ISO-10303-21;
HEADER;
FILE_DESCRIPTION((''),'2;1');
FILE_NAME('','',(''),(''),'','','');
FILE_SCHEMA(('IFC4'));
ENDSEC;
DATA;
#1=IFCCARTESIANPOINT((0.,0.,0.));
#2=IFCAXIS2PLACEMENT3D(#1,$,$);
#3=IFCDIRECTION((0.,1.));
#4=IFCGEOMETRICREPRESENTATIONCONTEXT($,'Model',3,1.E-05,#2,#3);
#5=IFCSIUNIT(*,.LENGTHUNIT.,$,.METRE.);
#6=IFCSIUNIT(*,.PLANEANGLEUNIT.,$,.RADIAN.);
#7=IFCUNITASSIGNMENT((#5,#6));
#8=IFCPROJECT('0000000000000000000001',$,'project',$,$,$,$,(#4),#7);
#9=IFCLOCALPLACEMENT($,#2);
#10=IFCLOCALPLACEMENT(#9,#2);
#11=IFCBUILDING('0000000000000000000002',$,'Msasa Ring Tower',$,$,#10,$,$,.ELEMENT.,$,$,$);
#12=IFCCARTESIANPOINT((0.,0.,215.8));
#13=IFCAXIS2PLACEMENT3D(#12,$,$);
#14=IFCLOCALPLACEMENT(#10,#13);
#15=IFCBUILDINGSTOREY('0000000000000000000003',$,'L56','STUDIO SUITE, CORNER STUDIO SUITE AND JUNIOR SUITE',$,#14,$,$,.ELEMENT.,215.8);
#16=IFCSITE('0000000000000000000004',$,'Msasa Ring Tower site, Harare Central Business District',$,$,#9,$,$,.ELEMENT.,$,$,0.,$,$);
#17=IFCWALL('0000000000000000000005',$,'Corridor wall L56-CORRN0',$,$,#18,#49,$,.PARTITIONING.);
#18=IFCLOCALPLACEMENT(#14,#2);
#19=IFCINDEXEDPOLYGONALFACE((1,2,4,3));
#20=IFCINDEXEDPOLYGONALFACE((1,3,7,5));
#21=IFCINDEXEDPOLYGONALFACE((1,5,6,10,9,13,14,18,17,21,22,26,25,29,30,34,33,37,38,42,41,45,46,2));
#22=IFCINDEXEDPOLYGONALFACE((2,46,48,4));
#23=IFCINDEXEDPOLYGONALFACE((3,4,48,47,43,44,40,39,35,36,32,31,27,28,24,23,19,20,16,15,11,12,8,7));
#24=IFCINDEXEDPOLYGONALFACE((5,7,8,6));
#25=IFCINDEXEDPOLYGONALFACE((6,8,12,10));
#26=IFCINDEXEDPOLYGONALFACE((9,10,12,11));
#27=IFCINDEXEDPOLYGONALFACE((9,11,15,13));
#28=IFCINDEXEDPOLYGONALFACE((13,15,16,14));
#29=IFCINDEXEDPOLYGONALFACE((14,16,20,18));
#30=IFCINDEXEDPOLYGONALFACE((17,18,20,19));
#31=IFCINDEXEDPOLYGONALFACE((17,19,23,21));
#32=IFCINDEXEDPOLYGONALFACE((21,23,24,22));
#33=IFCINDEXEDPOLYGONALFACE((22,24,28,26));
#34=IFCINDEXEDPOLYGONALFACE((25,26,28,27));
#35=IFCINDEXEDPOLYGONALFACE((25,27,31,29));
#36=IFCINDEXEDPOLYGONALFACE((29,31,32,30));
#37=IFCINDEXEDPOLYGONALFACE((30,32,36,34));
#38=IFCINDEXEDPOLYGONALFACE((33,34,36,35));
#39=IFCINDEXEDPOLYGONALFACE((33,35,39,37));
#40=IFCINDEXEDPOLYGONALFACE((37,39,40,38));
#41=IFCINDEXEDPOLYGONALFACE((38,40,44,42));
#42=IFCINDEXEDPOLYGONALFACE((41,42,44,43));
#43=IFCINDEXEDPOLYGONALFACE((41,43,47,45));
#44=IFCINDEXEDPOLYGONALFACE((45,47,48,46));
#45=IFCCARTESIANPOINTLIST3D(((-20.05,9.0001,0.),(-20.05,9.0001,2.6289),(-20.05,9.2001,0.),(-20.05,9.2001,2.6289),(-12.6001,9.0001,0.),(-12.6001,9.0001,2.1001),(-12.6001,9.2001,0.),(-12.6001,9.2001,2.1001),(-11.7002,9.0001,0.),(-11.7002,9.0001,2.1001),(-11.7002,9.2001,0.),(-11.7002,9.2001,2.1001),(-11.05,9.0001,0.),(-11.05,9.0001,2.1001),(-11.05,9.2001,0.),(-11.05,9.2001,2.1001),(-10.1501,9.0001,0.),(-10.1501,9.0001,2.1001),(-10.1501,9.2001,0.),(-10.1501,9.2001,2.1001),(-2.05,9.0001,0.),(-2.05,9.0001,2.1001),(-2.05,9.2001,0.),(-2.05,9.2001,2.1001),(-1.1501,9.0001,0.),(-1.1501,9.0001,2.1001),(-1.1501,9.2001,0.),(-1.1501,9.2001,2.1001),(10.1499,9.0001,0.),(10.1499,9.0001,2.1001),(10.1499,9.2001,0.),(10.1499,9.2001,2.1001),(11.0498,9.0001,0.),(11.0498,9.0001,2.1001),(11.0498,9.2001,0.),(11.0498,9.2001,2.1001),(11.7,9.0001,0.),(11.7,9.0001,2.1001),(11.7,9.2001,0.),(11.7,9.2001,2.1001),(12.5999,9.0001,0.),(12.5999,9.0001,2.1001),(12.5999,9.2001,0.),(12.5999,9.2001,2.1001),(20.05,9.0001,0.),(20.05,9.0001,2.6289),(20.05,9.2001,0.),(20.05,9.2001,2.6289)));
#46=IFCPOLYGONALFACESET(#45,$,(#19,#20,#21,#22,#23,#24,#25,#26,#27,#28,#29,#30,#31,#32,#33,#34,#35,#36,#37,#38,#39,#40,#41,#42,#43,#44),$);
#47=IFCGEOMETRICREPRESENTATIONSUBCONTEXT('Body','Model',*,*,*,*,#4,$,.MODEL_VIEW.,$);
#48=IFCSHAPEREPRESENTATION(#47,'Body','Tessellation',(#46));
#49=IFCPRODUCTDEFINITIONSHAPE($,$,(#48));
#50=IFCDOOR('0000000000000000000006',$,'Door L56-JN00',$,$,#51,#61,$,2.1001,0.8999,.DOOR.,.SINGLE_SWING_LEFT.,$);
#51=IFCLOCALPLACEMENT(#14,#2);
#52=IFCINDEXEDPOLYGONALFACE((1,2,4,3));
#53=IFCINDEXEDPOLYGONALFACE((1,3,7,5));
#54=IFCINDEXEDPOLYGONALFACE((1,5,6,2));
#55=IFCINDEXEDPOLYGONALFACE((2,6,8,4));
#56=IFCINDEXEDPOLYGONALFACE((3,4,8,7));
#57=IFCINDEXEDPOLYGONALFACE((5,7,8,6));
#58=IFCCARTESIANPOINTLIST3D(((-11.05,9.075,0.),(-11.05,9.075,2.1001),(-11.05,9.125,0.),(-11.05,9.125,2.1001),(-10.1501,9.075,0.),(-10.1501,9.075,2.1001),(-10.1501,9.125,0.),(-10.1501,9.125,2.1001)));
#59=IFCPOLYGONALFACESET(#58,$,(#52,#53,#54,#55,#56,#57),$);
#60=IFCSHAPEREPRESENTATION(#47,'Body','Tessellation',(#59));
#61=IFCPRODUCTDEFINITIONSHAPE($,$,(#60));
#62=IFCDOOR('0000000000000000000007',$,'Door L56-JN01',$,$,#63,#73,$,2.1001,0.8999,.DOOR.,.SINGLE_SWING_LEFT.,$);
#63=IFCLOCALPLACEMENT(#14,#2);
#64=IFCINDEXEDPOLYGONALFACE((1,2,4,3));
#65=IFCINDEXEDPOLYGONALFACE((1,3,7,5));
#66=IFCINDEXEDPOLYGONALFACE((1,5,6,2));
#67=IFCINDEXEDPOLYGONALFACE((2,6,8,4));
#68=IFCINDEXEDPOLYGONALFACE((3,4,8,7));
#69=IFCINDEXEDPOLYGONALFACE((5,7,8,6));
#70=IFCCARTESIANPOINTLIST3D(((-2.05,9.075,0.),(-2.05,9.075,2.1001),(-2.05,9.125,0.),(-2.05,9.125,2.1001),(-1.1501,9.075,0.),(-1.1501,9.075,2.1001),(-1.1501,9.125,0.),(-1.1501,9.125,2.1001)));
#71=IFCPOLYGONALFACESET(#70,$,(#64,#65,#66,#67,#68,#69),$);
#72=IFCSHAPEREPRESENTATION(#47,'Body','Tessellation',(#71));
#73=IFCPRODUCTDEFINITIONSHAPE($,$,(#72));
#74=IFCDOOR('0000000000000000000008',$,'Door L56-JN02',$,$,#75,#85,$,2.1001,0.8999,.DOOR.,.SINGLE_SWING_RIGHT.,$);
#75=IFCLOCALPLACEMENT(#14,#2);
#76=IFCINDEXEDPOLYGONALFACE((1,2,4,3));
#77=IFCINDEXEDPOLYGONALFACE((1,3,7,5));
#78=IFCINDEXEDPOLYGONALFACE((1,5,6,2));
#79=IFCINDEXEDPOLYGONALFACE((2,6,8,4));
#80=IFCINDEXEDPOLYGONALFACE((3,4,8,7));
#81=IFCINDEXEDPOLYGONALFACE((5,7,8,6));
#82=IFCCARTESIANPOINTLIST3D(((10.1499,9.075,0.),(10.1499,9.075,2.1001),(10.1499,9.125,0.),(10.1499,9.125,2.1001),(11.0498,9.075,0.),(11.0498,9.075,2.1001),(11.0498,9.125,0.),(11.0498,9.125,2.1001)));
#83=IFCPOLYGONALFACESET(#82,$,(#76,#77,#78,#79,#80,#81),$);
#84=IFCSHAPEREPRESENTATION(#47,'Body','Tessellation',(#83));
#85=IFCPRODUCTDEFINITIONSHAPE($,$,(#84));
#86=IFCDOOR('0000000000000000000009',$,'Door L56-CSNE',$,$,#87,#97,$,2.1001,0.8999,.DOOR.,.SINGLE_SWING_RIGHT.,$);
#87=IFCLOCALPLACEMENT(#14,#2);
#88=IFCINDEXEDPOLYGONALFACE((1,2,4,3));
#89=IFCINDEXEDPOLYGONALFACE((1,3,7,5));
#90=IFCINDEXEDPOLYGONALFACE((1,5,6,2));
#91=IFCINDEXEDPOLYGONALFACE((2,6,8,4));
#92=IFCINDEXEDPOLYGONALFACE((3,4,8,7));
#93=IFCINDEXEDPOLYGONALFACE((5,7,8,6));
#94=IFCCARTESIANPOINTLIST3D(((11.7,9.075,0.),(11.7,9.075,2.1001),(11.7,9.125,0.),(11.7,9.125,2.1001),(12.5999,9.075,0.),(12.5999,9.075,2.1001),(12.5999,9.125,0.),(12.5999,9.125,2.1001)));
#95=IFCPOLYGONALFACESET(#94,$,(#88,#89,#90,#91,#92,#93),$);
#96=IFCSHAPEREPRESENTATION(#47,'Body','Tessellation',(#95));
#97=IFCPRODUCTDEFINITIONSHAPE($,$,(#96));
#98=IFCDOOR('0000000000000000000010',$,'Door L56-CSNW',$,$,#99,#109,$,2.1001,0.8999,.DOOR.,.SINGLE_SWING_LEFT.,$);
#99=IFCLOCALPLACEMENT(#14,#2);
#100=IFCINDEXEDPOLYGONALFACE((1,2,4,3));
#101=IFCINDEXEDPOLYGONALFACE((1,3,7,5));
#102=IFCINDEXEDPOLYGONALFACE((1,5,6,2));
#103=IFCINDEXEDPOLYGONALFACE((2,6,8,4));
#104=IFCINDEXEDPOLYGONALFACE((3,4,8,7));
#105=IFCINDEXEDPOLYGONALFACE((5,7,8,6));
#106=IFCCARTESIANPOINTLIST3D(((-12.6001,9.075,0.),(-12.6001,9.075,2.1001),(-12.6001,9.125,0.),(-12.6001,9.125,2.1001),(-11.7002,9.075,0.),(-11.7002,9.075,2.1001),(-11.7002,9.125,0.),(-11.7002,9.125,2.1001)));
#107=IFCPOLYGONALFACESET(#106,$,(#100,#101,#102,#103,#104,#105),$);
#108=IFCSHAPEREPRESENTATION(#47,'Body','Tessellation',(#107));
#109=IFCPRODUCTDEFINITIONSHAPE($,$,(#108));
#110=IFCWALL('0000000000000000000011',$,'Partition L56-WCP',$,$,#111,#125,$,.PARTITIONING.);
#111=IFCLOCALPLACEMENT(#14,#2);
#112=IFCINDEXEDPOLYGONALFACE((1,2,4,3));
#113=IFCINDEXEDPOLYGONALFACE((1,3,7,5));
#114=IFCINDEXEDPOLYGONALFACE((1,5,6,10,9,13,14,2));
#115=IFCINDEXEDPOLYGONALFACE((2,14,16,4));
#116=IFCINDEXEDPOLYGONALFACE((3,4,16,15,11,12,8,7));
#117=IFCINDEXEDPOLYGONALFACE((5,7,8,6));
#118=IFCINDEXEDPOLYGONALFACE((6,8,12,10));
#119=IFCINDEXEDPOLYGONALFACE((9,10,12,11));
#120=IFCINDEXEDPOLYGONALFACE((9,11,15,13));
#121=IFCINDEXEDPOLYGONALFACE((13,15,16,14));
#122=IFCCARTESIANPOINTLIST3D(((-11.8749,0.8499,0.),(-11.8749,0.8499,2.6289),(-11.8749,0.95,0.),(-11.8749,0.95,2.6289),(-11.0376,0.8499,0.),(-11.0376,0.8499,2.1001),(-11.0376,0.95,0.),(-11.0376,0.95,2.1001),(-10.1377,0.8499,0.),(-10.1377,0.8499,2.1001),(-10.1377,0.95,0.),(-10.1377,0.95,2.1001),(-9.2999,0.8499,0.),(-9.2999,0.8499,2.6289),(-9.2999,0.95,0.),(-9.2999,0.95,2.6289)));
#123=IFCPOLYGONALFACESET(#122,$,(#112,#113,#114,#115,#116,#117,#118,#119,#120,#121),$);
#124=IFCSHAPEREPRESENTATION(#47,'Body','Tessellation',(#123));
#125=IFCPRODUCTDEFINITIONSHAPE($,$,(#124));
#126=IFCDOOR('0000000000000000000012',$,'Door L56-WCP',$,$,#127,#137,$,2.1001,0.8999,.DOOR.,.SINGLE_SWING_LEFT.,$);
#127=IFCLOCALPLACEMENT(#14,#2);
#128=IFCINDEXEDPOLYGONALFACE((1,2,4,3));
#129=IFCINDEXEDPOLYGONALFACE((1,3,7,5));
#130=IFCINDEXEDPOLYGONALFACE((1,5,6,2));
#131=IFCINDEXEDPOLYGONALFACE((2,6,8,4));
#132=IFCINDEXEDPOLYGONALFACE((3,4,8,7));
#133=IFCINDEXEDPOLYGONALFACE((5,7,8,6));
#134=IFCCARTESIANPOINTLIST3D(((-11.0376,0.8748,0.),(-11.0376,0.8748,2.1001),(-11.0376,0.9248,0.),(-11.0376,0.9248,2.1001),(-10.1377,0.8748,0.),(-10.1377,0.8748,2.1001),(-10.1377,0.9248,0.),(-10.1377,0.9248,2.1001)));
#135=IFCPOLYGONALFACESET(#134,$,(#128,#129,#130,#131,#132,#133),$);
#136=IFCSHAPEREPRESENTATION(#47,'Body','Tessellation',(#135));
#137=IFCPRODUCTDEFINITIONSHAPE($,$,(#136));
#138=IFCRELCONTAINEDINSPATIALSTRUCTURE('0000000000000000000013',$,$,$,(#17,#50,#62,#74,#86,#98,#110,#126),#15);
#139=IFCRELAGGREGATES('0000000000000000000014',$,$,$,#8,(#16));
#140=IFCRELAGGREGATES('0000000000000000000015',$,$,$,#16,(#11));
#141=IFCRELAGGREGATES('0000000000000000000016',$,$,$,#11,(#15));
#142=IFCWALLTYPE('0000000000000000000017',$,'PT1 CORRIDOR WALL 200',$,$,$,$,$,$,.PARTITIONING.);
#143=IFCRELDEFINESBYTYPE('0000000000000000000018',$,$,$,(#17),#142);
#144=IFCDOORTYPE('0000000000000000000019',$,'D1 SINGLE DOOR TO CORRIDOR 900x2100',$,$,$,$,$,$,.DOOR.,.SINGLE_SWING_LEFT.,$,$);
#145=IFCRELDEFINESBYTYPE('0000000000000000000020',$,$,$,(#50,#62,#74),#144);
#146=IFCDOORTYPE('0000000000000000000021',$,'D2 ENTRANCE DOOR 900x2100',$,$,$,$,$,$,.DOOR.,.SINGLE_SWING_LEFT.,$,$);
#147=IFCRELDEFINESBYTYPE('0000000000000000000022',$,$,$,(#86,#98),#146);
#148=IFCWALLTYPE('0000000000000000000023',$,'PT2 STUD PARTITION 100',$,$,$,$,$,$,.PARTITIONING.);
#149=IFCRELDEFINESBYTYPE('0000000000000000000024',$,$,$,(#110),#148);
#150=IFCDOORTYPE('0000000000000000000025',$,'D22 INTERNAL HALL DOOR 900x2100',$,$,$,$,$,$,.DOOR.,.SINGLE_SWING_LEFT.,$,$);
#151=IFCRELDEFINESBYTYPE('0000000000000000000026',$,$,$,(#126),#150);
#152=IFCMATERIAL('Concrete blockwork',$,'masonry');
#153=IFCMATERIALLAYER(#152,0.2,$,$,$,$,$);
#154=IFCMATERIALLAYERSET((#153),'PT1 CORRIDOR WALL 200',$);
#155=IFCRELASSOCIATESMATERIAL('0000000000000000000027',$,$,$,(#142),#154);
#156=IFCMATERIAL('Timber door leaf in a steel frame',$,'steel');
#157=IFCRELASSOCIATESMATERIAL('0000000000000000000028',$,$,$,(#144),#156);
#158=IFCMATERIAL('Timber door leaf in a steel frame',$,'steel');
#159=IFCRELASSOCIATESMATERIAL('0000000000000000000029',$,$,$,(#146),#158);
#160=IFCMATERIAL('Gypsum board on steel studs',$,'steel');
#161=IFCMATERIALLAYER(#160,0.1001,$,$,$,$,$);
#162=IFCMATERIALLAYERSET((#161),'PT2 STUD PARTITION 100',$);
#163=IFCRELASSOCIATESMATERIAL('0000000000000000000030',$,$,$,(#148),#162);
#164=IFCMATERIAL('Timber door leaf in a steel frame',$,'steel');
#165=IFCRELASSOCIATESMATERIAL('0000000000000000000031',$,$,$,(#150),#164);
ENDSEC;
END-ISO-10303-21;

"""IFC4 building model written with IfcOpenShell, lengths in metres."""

from ifc_helpers import new_model, si_unit, direction, frame, frame_2d, origin, place, context, subcontext, project, spatial, rectangle, extrude, material, layer, layer_set, type_object, element, fill, save


model = new_model("IFC4")

# Units and contexts
model_context = context("Model", 3, precision=1e-05, world=origin(), true_north=direction((0.0, 1.0)))
body_context = subcontext(model_context, "Body", "Model", "MODEL_VIEW")
ifc_project = project(units=[si_unit("LENGTHUNIT", "METRE"), si_unit("PLANEANGLEUNIT", "RADIAN")], contexts=[model_context])

# Site, building, storey
site_placement = place(None, origin())
site = spatial("IfcSite", under=ifc_project, at=site_placement, Name="Msasa Ring Tower site, Harare Central Business District", CompositionType="ELEMENT", RefElevation=0.0)
building_placement = place(site_placement, origin())
building = spatial("IfcBuilding", under=site, at=building_placement, Name="Msasa Ring Tower", CompositionType="ELEMENT")
storey_placement = place(building_placement, frame((0.0, 0.0, 215.8)))
storey = spatial("IfcBuildingStorey", under=building, at=storey_placement, Name="L56", Description="STUDIO SUITE, CORNER STUDIO SUITE AND JUNIOR SUITE", CompositionType="ELEMENT", Elevation=215.8)

# Wall, openings, doors
ifc_material_1 = material(Name="Concrete blockwork", Category="masonry")
ifc_layer_1 = layer(ifc_material_1, 0.2)
ifc_layer_set_1 = layer_set([ifc_layer_1], Name="PT1 CORRIDOR WALL 200")
wall_type_1 = type_object("IfcWallType", Name="PT1 CORRIDOR WALL 200", PredefinedType="PARTITIONING", material=ifc_layer_set_1)
wall_1_placement = place(storey_placement, frame((-20.05, 9.1001, 0.0), z_axis=(0.0, 0.0, 1.0), x_axis=(1.0, 0.0, 0.0)))
wall_1 = element("IfcWall", 1, at=wall_1_placement, inside=storey, type_object=wall_type_1, Name="Corridor wall L56-CORRN0", PredefinedType="PARTITIONING", context=body_context, shape_type="SweptSolid", body=[
    extrude(rectangle(XDim=40.1001, YDim=0.2, at=frame_2d((20.05, 0.0))), origin(), (0.0, 0.0, 1.0), 2.6289),
])
opening_1_placement = place(wall_1_placement, frame((9.0, 0.0, 0.0)))
opening_1 = element("IfcOpeningElement", 2, at=opening_1_placement, cuts=wall_1, PredefinedType="OPENING", context=body_context, shape_type="SweptSolid", body=[
    extrude(rectangle(XDim=0.8999, YDim=2.1001, at=frame_2d((0.45, 1.05))), frame((0.0, 0.1099, 0.0), z_axis=(0.0, -1.0, 0.0), x_axis=(1.0, 0.0, 0.0)), (0.0, 0.0, 1.0), 0.22),
])
opening_2_placement = place(wall_1_placement, frame((18.0, 0.0, 0.0)))
opening_2 = element("IfcOpeningElement", 3, at=opening_2_placement, cuts=wall_1, PredefinedType="OPENING", context=body_context, shape_type="SweptSolid", body=[
    extrude(rectangle(XDim=0.8999, YDim=2.1001, at=frame_2d((0.45, 1.05))), frame((0.0, 0.1099, 0.0), z_axis=(0.0, -1.0, 0.0), x_axis=(1.0, 0.0, 0.0)), (0.0, 0.0, 1.0), 0.22),
])
opening_3_placement = place(wall_1_placement, frame((30.2, 0.0, 0.0)))
opening_3 = element("IfcOpeningElement", 4, at=opening_3_placement, cuts=wall_1, PredefinedType="OPENING", context=body_context, shape_type="SweptSolid", body=[
    extrude(rectangle(XDim=0.8999, YDim=2.1001, at=frame_2d((0.45, 1.05))), frame((0.0, 0.1099, 0.0), z_axis=(0.0, -1.0, 0.0), x_axis=(1.0, 0.0, 0.0)), (0.0, 0.0, 1.0), 0.22),
])
opening_4_placement = place(wall_1_placement, frame((31.75, 0.0, 0.0)))
opening_4 = element("IfcOpeningElement", 5, at=opening_4_placement, cuts=wall_1, PredefinedType="OPENING", context=body_context, shape_type="SweptSolid", body=[
    extrude(rectangle(XDim=0.8999, YDim=2.1001, at=frame_2d((0.45, 1.05))), frame((0.0, 0.1099, 0.0), z_axis=(0.0, -1.0, 0.0), x_axis=(1.0, 0.0, 0.0)), (0.0, 0.0, 1.0), 0.22),
])
opening_5_placement = place(wall_1_placement, frame((7.45, 0.0, 0.0)))
opening_5 = element("IfcOpeningElement", 6, at=opening_5_placement, cuts=wall_1, PredefinedType="OPENING", context=body_context, shape_type="SweptSolid", body=[
    extrude(rectangle(XDim=0.8999, YDim=2.1001, at=frame_2d((0.45, 1.05))), frame((0.0, 0.1099, 0.0), z_axis=(0.0, -1.0, 0.0), x_axis=(1.0, 0.0, 0.0)), (0.0, 0.0, 1.0), 0.22),
])
ifc_material_2 = material(Name="Timber door leaf in a steel frame", Category="steel")
door_type_1 = type_object("IfcDoorType", Name="D1 SINGLE DOOR TO CORRIDOR 900x2100", OperationType="SINGLE_SWING_LEFT", PredefinedType="DOOR", material=ifc_material_2)
door_1_placement = place(opening_1_placement, origin())
door_1 = element("IfcDoor", 7, at=door_1_placement, inside=storey, type_object=door_type_1, Name="Door L56-JN00", OperationType="SINGLE_SWING_LEFT", OverallHeight=2.1001, OverallWidth=0.8999, PredefinedType="DOOR", context=body_context, shape_type="SweptSolid", body=[
    extrude(rectangle(XDim=0.8999, YDim=2.1001, at=frame_2d((0.45, 1.05))), frame((0.0, 0.0249, 0.0), z_axis=(0.0, -1.0, 0.0), x_axis=(1.0, 0.0, 0.0)), (0.0, 0.0, 1.0), 0.05),
])
fill(opening_1, door_1)
door_2_placement = place(opening_2_placement, origin())
door_2 = element("IfcDoor", 8, at=door_2_placement, inside=storey, type_object=door_type_1, Name="Door L56-JN01", OperationType="SINGLE_SWING_LEFT", OverallHeight=2.1001, OverallWidth=0.8999, PredefinedType="DOOR", context=body_context, shape_type="SweptSolid", body=[
    extrude(rectangle(XDim=0.8999, YDim=2.1001, at=frame_2d((0.45, 1.05))), frame((0.0, 0.0249, 0.0), z_axis=(0.0, -1.0, 0.0), x_axis=(1.0, 0.0, 0.0)), (0.0, 0.0, 1.0), 0.05),
])
fill(opening_2, door_2)
door_3_placement = place(opening_3_placement, origin())
door_3 = element("IfcDoor", 9, at=door_3_placement, inside=storey, type_object=door_type_1, Name="Door L56-JN02", OperationType="SINGLE_SWING_RIGHT", OverallHeight=2.1001, OverallWidth=0.8999, PredefinedType="DOOR", context=body_context, shape_type="SweptSolid", body=[
    extrude(rectangle(XDim=0.8999, YDim=2.1001, at=frame_2d((0.45, 1.05))), frame((0.0, 0.0249, 0.0), z_axis=(0.0, -1.0, 0.0), x_axis=(1.0, 0.0, 0.0)), (0.0, 0.0, 1.0), 0.05),
])
fill(opening_3, door_3)
ifc_material_3 = material(Name="Timber door leaf in a steel frame", Category="steel")
door_type_2 = type_object("IfcDoorType", Name="D2 ENTRANCE DOOR 900x2100", OperationType="SINGLE_SWING_LEFT", PredefinedType="DOOR", material=ifc_material_3)
door_4_placement = place(opening_4_placement, origin())
door_4 = element("IfcDoor", 10, at=door_4_placement, inside=storey, type_object=door_type_2, Name="Door L56-CSNE", OperationType="SINGLE_SWING_RIGHT", OverallHeight=2.1001, OverallWidth=0.8999, PredefinedType="DOOR", context=body_context, shape_type="SweptSolid", body=[
    extrude(rectangle(XDim=0.8999, YDim=2.1001, at=frame_2d((0.45, 1.05))), frame((0.0, 0.0249, 0.0), z_axis=(0.0, -1.0, 0.0), x_axis=(1.0, 0.0, 0.0)), (0.0, 0.0, 1.0), 0.05),
])
fill(opening_4, door_4)
door_5_placement = place(opening_5_placement, origin())
door_5 = element("IfcDoor", 11, at=door_5_placement, inside=storey, type_object=door_type_2, Name="Door L56-CSNW", OperationType="SINGLE_SWING_LEFT", OverallHeight=2.1001, OverallWidth=0.8999, PredefinedType="DOOR", context=body_context, shape_type="SweptSolid", body=[
    extrude(rectangle(XDim=0.8999, YDim=2.1001, at=frame_2d((0.45, 1.05))), frame((0.0, 0.0249, 0.0), z_axis=(0.0, -1.0, 0.0), x_axis=(1.0, 0.0, 0.0)), (0.0, 0.0, 1.0), 0.05),
])
fill(opening_5, door_5)

# Wall, opening, door
ifc_material_4 = material(Name="Gypsum board on steel studs", Category="steel")
ifc_layer_2 = layer(ifc_material_4, 0.1001)
ifc_layer_set_2 = layer_set([ifc_layer_2], Name="PT2 STUD PARTITION 100")
wall_type_2 = type_object("IfcWallType", Name="PT2 STUD PARTITION 100", PredefinedType="PARTITIONING", material=ifc_layer_set_2)
wall_2_placement = place(storey_placement, frame((-11.875, 0.8999, 0.0), z_axis=(0.0, 0.0, 1.0), x_axis=(1.0, 0.0, 0.0)))
wall_2 = element("IfcWall", 12, at=wall_2_placement, inside=storey, type_object=wall_type_2, Name="Partition L56-WCP", PredefinedType="PARTITIONING", context=body_context, shape_type="SweptSolid", body=[
    extrude(rectangle(XDim=2.575, YDim=0.1001, at=frame_2d((1.2876, 0.0))), origin(), (0.0, 0.0, 1.0), 2.6289),
])
opening_6_placement = place(wall_2_placement, frame((0.8374, 0.0, 0.0)))
opening_6 = element("IfcOpeningElement", 13, at=opening_6_placement, cuts=wall_2, PredefinedType="OPENING", context=body_context, shape_type="SweptSolid", body=[
    extrude(rectangle(XDim=0.8999, YDim=2.1001, at=frame_2d((0.45, 1.05))), frame((0.0, 0.0601, 0.0), z_axis=(0.0, -1.0, 0.0), x_axis=(1.0, 0.0, 0.0)), (0.0, 0.0, 1.0), 0.1201),
])
ifc_material_5 = material(Name="Timber door leaf in a steel frame", Category="steel")
door_type_3 = type_object("IfcDoorType", Name="D22 INTERNAL HALL DOOR 900x2100", OperationType="SINGLE_SWING_LEFT", PredefinedType="DOOR", material=ifc_material_5)
door_6_placement = place(opening_6_placement, origin())
door_6 = element("IfcDoor", 14, at=door_6_placement, inside=storey, type_object=door_type_3, Name="Door L56-WCP", OperationType="SINGLE_SWING_LEFT", OverallHeight=2.1001, OverallWidth=0.8999, PredefinedType="DOOR", context=body_context, shape_type="SweptSolid", body=[
    extrude(rectangle(XDim=0.8999, YDim=2.1001, at=frame_2d((0.45, 1.05))), frame((0.0, 0.0249, 0.0), z_axis=(0.0, -1.0, 0.0), x_axis=(1.0, 0.0, 0.0)), (0.0, 0.0, 1.0), 0.05),
])
fill(opening_6, door_6)

save(model, "model.ifc")
